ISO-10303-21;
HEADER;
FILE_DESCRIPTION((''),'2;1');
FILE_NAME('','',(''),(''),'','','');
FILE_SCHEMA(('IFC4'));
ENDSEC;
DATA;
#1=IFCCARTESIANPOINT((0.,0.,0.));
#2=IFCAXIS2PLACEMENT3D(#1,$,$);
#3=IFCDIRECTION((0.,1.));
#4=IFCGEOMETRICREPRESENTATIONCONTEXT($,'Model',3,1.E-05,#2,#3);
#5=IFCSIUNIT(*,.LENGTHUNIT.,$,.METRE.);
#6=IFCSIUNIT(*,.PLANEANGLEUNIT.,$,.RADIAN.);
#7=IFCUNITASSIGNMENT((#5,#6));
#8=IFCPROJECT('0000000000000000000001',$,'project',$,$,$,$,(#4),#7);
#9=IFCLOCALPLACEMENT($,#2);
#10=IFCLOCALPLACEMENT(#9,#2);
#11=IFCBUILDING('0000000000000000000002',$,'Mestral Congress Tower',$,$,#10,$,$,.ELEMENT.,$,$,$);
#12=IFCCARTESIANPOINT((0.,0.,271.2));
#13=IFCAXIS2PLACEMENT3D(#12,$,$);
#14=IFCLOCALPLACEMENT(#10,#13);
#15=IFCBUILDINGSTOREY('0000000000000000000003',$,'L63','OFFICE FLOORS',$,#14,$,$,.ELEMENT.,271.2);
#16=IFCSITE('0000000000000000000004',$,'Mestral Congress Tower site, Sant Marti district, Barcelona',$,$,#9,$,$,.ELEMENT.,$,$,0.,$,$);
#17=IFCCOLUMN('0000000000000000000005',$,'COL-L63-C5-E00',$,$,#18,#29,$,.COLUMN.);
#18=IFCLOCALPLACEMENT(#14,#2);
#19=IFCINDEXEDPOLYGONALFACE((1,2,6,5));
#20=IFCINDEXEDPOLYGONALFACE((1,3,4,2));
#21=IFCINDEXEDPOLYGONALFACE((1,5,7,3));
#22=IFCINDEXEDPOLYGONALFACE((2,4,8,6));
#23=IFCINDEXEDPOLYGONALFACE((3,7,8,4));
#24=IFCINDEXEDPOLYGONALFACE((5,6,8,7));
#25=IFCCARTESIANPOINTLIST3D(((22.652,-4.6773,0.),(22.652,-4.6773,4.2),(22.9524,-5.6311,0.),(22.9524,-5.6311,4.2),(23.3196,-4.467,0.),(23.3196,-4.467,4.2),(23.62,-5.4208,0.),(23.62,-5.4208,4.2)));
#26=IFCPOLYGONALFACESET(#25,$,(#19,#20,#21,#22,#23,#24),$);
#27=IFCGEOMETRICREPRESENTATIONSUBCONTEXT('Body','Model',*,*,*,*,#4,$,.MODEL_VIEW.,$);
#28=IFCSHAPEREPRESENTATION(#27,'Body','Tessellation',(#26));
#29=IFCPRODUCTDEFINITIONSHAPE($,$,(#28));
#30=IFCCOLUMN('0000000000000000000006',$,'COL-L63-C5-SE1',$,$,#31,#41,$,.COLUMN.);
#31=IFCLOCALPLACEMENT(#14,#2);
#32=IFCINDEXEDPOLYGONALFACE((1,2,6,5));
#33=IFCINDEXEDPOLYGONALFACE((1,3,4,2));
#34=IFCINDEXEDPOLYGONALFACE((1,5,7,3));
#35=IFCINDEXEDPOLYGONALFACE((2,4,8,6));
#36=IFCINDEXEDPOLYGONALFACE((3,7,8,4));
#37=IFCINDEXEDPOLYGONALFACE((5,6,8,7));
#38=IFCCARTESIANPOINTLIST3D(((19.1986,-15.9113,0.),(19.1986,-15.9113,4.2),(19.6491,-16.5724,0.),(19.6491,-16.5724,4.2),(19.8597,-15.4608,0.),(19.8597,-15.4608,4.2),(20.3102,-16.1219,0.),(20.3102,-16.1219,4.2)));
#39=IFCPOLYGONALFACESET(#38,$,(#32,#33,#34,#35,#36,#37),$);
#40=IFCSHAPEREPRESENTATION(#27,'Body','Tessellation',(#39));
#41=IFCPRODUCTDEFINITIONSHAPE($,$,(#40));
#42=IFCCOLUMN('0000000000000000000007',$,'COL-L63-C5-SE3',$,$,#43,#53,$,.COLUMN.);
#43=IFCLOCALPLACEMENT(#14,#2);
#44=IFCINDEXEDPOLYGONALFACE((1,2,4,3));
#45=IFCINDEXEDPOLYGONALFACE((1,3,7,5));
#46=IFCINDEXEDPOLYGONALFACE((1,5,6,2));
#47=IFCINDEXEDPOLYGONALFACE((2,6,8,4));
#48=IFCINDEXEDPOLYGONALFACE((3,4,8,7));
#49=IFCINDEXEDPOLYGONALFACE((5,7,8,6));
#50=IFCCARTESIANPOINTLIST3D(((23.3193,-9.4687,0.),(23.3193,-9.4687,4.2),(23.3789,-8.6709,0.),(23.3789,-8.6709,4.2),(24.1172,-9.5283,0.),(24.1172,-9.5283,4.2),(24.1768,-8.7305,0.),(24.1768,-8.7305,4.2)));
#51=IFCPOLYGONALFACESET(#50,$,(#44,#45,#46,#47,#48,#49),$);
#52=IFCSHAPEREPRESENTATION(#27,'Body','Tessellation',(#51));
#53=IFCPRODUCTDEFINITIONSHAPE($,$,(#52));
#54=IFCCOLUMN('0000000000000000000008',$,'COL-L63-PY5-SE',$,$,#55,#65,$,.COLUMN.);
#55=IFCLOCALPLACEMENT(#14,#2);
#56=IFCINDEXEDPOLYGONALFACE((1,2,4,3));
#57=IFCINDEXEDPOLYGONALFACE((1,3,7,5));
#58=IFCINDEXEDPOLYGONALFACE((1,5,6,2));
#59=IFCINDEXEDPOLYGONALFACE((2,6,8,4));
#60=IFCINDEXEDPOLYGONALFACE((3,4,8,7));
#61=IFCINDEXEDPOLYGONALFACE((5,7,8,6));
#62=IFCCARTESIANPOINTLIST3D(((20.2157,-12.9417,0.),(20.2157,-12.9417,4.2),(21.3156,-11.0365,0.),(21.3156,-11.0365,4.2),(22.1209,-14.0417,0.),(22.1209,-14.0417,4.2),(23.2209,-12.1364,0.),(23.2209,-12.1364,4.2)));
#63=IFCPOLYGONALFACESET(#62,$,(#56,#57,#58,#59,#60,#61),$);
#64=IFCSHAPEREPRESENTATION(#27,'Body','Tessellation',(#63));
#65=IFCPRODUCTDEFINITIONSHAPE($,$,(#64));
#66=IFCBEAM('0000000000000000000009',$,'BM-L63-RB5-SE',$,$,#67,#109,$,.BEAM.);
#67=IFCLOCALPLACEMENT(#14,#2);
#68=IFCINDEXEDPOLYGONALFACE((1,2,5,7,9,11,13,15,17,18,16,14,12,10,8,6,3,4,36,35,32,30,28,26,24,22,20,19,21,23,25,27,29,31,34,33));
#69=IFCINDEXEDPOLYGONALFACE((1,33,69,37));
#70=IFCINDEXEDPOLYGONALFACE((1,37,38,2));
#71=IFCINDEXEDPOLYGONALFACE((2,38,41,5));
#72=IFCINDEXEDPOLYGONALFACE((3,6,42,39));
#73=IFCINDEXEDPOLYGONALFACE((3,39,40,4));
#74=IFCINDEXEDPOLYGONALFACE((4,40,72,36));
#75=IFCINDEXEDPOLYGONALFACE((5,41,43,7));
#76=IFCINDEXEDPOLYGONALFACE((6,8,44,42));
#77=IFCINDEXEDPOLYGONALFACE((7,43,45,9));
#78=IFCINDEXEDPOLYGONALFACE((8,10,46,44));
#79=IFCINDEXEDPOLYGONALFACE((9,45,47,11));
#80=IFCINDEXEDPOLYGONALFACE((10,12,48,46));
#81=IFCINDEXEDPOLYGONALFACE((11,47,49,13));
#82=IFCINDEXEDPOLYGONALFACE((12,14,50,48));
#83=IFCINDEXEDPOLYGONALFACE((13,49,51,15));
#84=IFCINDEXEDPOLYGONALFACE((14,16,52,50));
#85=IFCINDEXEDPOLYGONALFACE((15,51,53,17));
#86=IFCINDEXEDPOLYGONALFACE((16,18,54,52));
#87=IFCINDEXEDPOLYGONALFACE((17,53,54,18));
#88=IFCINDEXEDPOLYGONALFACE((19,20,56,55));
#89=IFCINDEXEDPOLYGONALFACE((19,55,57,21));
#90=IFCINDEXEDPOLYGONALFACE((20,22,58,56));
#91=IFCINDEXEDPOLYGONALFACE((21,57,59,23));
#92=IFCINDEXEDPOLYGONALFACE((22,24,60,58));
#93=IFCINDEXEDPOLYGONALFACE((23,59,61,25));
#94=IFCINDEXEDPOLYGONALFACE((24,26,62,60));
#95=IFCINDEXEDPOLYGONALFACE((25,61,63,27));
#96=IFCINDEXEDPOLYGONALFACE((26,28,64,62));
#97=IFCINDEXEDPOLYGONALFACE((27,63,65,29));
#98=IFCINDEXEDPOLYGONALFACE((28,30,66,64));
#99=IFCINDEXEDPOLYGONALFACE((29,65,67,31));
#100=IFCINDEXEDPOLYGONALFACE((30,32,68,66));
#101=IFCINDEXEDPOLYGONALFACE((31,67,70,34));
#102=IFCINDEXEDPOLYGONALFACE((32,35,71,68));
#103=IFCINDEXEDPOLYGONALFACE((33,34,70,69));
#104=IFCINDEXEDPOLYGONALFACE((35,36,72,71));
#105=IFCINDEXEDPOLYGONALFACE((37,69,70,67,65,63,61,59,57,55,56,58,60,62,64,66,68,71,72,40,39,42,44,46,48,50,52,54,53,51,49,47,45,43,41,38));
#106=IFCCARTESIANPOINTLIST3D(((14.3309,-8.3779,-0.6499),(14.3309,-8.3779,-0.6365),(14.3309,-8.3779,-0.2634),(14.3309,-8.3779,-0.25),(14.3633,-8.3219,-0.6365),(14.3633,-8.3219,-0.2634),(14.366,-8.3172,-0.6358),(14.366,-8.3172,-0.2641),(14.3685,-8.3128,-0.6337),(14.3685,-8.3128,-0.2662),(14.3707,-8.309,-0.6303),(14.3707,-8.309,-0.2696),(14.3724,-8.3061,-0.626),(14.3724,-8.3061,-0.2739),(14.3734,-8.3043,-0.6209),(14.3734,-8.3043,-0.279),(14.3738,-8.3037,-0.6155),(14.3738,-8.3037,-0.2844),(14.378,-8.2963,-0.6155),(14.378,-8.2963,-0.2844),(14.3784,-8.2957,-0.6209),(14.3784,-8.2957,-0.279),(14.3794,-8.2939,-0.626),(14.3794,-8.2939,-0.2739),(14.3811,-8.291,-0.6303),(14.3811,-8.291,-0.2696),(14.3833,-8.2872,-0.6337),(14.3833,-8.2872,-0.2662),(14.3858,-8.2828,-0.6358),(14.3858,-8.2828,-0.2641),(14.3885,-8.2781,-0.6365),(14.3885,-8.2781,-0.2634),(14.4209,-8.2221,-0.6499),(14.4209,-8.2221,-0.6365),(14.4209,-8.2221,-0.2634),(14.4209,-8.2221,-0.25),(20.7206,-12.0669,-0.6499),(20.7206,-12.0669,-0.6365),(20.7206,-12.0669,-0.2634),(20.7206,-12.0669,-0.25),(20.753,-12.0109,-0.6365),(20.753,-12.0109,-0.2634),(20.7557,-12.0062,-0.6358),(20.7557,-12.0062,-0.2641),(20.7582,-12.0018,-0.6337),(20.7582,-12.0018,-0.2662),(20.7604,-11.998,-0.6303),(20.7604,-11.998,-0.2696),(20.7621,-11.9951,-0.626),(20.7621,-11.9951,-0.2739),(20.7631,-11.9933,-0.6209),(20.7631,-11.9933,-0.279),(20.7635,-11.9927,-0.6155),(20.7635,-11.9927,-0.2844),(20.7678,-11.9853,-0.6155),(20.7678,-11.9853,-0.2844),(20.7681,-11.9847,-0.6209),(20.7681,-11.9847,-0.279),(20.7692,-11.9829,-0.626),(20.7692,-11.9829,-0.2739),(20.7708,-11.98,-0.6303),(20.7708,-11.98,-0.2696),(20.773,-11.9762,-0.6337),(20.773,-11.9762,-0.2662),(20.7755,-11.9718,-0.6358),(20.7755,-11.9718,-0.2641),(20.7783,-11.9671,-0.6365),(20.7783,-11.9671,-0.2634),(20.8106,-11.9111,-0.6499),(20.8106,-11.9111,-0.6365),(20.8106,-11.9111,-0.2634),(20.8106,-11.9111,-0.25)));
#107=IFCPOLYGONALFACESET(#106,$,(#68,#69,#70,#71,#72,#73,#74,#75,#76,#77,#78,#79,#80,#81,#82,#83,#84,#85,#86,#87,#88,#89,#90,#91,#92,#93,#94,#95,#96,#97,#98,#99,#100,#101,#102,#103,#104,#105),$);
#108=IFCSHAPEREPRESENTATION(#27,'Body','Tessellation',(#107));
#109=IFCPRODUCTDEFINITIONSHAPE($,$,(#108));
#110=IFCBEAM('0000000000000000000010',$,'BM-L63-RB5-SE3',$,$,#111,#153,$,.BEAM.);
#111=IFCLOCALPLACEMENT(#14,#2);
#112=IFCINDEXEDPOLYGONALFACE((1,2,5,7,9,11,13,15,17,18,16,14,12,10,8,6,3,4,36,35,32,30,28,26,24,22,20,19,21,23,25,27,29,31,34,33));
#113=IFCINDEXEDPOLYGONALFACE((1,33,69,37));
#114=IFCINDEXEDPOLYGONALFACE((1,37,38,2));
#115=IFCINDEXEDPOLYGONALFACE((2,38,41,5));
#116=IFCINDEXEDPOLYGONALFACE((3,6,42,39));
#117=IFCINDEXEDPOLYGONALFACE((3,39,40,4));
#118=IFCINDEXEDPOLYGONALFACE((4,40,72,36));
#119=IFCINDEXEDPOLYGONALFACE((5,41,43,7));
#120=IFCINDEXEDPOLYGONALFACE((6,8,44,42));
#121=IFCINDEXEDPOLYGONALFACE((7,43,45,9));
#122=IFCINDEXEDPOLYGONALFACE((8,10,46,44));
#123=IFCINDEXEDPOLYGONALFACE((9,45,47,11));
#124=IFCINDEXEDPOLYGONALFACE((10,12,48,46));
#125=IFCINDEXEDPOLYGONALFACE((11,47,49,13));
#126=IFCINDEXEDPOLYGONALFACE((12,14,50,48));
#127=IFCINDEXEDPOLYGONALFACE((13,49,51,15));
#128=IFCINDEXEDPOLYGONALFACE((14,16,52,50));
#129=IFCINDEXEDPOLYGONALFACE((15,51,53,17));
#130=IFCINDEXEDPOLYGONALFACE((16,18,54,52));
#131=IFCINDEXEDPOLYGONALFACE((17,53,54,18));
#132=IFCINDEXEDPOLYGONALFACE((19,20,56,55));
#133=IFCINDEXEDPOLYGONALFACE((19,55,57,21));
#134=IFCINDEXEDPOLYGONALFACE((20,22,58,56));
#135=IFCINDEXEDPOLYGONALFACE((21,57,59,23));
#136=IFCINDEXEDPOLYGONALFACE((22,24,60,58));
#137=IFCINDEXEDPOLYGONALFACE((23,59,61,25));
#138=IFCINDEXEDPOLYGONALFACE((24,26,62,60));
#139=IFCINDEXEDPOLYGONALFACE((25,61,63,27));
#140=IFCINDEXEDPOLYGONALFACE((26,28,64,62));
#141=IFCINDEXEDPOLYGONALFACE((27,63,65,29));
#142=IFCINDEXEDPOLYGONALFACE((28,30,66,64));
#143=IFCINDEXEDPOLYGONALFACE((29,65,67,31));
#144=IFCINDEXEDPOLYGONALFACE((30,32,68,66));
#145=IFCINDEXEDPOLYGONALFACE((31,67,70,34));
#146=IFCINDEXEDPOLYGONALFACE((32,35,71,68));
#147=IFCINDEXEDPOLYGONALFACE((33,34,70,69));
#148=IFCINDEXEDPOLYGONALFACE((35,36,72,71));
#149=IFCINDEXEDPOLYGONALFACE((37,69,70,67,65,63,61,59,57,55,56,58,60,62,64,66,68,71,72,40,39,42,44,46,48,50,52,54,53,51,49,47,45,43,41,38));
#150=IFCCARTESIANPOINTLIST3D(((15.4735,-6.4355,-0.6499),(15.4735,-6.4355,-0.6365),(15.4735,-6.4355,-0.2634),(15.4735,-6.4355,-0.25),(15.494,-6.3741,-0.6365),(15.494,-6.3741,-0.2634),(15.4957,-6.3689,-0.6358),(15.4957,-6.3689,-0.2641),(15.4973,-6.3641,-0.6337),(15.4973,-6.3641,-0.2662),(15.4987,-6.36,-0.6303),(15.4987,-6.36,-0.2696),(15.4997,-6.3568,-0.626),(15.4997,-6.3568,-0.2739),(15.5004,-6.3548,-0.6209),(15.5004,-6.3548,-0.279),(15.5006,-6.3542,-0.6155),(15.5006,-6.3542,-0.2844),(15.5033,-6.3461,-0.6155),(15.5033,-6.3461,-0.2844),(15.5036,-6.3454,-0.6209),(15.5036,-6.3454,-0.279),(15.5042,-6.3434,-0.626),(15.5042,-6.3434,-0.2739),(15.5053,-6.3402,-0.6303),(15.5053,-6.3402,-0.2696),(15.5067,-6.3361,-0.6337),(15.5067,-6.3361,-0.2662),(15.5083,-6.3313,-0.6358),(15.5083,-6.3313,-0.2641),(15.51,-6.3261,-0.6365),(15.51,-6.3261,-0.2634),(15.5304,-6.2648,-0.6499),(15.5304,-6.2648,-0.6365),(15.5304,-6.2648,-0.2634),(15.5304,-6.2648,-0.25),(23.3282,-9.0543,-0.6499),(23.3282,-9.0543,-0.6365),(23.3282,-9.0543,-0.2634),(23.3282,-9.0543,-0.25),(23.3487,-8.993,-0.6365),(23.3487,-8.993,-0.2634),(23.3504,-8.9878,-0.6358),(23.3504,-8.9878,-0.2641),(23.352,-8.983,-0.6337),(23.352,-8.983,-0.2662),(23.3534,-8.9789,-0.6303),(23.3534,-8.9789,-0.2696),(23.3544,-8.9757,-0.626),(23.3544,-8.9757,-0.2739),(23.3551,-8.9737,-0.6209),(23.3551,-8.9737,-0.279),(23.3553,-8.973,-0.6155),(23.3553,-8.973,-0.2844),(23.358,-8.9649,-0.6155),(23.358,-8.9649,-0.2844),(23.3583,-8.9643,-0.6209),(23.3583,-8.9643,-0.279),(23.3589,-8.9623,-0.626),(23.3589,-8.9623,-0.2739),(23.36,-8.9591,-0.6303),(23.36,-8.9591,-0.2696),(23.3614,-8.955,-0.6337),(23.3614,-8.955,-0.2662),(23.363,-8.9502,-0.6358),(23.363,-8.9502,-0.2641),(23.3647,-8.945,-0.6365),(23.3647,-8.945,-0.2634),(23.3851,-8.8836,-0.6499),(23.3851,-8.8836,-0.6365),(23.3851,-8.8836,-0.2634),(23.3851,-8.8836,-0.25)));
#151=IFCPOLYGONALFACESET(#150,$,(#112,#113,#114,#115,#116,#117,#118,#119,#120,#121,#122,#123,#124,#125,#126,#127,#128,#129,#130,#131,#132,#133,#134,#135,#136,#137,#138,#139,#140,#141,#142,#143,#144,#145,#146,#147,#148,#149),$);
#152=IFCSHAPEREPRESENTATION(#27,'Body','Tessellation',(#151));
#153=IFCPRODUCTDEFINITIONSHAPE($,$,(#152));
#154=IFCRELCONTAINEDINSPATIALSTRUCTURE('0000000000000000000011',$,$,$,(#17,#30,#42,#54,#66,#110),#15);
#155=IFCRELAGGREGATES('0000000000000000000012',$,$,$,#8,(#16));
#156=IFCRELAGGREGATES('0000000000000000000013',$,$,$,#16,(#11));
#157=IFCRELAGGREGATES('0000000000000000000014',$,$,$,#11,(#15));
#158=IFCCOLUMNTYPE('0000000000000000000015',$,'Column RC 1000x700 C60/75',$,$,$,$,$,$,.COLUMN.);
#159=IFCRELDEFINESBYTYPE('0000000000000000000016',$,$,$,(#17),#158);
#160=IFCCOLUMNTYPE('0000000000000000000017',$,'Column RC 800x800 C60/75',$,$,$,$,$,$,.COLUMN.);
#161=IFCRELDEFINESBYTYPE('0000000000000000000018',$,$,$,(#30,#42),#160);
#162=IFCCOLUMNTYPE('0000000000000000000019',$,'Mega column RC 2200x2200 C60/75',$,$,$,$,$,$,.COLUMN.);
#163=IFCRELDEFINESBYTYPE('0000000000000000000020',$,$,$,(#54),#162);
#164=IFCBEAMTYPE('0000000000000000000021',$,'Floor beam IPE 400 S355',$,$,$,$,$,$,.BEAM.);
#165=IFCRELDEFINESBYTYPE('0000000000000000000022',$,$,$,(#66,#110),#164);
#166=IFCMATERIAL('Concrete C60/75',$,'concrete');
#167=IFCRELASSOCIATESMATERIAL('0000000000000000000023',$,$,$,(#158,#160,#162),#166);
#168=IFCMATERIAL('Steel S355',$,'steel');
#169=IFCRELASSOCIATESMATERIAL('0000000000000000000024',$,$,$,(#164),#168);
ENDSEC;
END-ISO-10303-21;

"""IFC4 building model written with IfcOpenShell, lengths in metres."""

from ifc_helpers import new_model, si_unit, direction, frame, origin, origin_2d, place, context, subcontext, project, spatial, rectangle, i_section, extrude, material, material_profile, profile_set, type_object, element, save


model = new_model("IFC4")

# Units and contexts
model_context = context("Model", 3, precision=1e-05, world=origin(), true_north=direction((0.0, 1.0)))
body_context = subcontext(model_context, "Body", "Model", "MODEL_VIEW")
ifc_project = project(units=[si_unit("LENGTHUNIT", "METRE"), si_unit("PLANEANGLEUNIT", "RADIAN")], contexts=[model_context])

# Site, building, storey
site_placement = place(None, origin())
site = spatial("IfcSite", under=ifc_project, at=site_placement, Name="Mestral Congress Tower site, Sant Marti district, Barcelona", CompositionType="ELEMENT", RefElevation=0.0)
building_placement = place(site_placement, origin())
building = spatial("IfcBuilding", under=site, at=building_placement, Name="Mestral Congress Tower", CompositionType="ELEMENT")
storey_placement = place(building_placement, frame((0.0, 0.0, 271.2)))
storey = spatial("IfcBuildingStorey", under=building, at=storey_placement, Name="L63", Description="OFFICE FLOORS", CompositionType="ELEMENT", Elevation=271.2)

# Columns
ifc_material_1 = material(Name="Concrete C60/75", Category="concrete")
ifc_material_profile_1 = material_profile(ifc_material_1, rectangle(XDim=1.0, YDim=0.7, at=origin_2d()), Name="RC 1000x700")
ifc_profile_set_1 = profile_set([ifc_material_profile_1], Name="Concrete C60/75")
column_type_1 = type_object("IfcColumnType", Name="Column RC 1000x700 C60/75", PredefinedType="COLUMN", material=ifc_profile_set_1)
column_1_placement = place(storey_placement, frame((23.136, -5.0491, 0.0), z_axis=(0.0, 0.0, 1.0), x_axis=(-0.300431, 0.953804, 0.0)))
element("IfcColumn", 1, at=column_1_placement, inside=storey, type_object=column_type_1, Name="COL-L63-C5-E00", PredefinedType="COLUMN", context=body_context, shape_type="SweptSolid", body=[
    extrude(rectangle(XDim=1.0, YDim=0.7, at=origin_2d()), origin(), (0.0, 0.0, 1.0), 4.2),
])
ifc_material_profile_2 = material_profile(ifc_material_1, rectangle(XDim=0.8, YDim=0.8, at=origin_2d()), Name="RC 800x800")
ifc_profile_set_2 = profile_set([ifc_material_profile_2], Name="Concrete C60/75")
column_type_2 = type_object("IfcColumnType", Name="Column RC 800x800 C60/75", PredefinedType="COLUMN", material=ifc_profile_set_2)
for number, where, z_axis, x_axis, name in (
    (2, (19.7544, -16.0166, 0.0), (0.0, 0.0, 1.0), (0.826363, 0.563138, 0.0), "COL-L63-C5-SE1"),
    (3, (23.748, -9.0996, 0.0), (0.0, 0.0, 1.0), (0.074511, 0.99722, 0.0), "COL-L63-C5-SE3"),
):
    element("IfcColumn", number, at=place(storey_placement, frame(where, z_axis=z_axis, x_axis=x_axis)), inside=storey, type_object=column_type_2, Name=name, PredefinedType="COLUMN", context=body_context, shape_type="SweptSolid", body=[
        extrude(rectangle(XDim=0.8, YDim=0.8, at=origin_2d()), origin(), (0.0, 0.0, 1.0), 4.2),
    ])
ifc_material_profile_3 = material_profile(ifc_material_1, rectangle(XDim=2.2, YDim=2.2, at=origin_2d()), Name="RC 2200x2200")
ifc_profile_set_3 = profile_set([ifc_material_profile_3], Name="Concrete C60/75")
column_type_3 = type_object("IfcColumnType", Name="Mega column RC 2200x2200 C60/75", PredefinedType="COLUMN", material=ifc_profile_set_3)
column_2_placement = place(storey_placement, frame((21.7183, -12.5391, 0.0), z_axis=(0.0, 0.0, 1.0), x_axis=(0.866025, -0.5, 0.0)))
element("IfcColumn", 4, at=column_2_placement, inside=storey, type_object=column_type_3, Name="COL-L63-PY5-SE", PredefinedType="COLUMN", context=body_context, shape_type="SweptSolid", body=[
    extrude(rectangle(XDim=2.2, YDim=2.2, at=origin_2d()), origin(), (0.0, 0.0, 1.0), 4.2),
])

# Beams
ifc_material_2 = material(Name="Steel S355", Category="steel")
ifc_material_profile_4 = material_profile(ifc_material_2, i_section(OverallWidth=0.1799, OverallDepth=0.3999, WebThickness=0.0085, FlangeThickness=0.0134, FilletRadius=0.021, at=origin_2d()), Name="IPE 400")
ifc_profile_set_4 = profile_set([ifc_material_profile_4], Name="Steel S355")
beam_type_1 = type_object("IfcBeamType", Name="Floor beam IPE 400 S355", PredefinedType="BEAM", material=ifc_profile_set_4)
beam_1_placement = place(storey_placement, frame((20.7656, -11.989, -0.45), z_axis=(-0.866031, 0.49999, 0.0), x_axis=(-0.49999, -0.866031, 0.0)))
element("IfcBeam", 5, at=beam_1_placement, inside=storey, type_object=beam_type_1, Name="BM-L63-RB5-SE", PredefinedType="BEAM", context=body_context, shape_type="SweptSolid", body=[
    extrude(i_section(OverallWidth=0.1799, OverallDepth=0.3999, WebThickness=0.0085, FlangeThickness=0.0134, FilletRadius=0.021, at=origin_2d()), origin(), (0.0, 0.0, 1.0), 7.3782),
])
beam_2_placement = place(storey_placement, frame((23.3567, -8.969, -0.45), z_axis=(-0.94866, 0.316299, 0.0), x_axis=(-0.316299, -0.94866, 0.0)))
element("IfcBeam", 6, at=beam_2_placement, inside=storey, type_object=beam_type_1, Name="BM-L63-RB5-SE3", PredefinedType="BEAM", context=body_context, shape_type="SweptSolid", body=[
    extrude(i_section(OverallWidth=0.1799, OverallDepth=0.3999, WebThickness=0.0085, FlangeThickness=0.0134, FilletRadius=0.021, at=origin_2d()), origin(), (0.0, 0.0, 1.0), 8.2798),
])

save(model, "model.ifc")
